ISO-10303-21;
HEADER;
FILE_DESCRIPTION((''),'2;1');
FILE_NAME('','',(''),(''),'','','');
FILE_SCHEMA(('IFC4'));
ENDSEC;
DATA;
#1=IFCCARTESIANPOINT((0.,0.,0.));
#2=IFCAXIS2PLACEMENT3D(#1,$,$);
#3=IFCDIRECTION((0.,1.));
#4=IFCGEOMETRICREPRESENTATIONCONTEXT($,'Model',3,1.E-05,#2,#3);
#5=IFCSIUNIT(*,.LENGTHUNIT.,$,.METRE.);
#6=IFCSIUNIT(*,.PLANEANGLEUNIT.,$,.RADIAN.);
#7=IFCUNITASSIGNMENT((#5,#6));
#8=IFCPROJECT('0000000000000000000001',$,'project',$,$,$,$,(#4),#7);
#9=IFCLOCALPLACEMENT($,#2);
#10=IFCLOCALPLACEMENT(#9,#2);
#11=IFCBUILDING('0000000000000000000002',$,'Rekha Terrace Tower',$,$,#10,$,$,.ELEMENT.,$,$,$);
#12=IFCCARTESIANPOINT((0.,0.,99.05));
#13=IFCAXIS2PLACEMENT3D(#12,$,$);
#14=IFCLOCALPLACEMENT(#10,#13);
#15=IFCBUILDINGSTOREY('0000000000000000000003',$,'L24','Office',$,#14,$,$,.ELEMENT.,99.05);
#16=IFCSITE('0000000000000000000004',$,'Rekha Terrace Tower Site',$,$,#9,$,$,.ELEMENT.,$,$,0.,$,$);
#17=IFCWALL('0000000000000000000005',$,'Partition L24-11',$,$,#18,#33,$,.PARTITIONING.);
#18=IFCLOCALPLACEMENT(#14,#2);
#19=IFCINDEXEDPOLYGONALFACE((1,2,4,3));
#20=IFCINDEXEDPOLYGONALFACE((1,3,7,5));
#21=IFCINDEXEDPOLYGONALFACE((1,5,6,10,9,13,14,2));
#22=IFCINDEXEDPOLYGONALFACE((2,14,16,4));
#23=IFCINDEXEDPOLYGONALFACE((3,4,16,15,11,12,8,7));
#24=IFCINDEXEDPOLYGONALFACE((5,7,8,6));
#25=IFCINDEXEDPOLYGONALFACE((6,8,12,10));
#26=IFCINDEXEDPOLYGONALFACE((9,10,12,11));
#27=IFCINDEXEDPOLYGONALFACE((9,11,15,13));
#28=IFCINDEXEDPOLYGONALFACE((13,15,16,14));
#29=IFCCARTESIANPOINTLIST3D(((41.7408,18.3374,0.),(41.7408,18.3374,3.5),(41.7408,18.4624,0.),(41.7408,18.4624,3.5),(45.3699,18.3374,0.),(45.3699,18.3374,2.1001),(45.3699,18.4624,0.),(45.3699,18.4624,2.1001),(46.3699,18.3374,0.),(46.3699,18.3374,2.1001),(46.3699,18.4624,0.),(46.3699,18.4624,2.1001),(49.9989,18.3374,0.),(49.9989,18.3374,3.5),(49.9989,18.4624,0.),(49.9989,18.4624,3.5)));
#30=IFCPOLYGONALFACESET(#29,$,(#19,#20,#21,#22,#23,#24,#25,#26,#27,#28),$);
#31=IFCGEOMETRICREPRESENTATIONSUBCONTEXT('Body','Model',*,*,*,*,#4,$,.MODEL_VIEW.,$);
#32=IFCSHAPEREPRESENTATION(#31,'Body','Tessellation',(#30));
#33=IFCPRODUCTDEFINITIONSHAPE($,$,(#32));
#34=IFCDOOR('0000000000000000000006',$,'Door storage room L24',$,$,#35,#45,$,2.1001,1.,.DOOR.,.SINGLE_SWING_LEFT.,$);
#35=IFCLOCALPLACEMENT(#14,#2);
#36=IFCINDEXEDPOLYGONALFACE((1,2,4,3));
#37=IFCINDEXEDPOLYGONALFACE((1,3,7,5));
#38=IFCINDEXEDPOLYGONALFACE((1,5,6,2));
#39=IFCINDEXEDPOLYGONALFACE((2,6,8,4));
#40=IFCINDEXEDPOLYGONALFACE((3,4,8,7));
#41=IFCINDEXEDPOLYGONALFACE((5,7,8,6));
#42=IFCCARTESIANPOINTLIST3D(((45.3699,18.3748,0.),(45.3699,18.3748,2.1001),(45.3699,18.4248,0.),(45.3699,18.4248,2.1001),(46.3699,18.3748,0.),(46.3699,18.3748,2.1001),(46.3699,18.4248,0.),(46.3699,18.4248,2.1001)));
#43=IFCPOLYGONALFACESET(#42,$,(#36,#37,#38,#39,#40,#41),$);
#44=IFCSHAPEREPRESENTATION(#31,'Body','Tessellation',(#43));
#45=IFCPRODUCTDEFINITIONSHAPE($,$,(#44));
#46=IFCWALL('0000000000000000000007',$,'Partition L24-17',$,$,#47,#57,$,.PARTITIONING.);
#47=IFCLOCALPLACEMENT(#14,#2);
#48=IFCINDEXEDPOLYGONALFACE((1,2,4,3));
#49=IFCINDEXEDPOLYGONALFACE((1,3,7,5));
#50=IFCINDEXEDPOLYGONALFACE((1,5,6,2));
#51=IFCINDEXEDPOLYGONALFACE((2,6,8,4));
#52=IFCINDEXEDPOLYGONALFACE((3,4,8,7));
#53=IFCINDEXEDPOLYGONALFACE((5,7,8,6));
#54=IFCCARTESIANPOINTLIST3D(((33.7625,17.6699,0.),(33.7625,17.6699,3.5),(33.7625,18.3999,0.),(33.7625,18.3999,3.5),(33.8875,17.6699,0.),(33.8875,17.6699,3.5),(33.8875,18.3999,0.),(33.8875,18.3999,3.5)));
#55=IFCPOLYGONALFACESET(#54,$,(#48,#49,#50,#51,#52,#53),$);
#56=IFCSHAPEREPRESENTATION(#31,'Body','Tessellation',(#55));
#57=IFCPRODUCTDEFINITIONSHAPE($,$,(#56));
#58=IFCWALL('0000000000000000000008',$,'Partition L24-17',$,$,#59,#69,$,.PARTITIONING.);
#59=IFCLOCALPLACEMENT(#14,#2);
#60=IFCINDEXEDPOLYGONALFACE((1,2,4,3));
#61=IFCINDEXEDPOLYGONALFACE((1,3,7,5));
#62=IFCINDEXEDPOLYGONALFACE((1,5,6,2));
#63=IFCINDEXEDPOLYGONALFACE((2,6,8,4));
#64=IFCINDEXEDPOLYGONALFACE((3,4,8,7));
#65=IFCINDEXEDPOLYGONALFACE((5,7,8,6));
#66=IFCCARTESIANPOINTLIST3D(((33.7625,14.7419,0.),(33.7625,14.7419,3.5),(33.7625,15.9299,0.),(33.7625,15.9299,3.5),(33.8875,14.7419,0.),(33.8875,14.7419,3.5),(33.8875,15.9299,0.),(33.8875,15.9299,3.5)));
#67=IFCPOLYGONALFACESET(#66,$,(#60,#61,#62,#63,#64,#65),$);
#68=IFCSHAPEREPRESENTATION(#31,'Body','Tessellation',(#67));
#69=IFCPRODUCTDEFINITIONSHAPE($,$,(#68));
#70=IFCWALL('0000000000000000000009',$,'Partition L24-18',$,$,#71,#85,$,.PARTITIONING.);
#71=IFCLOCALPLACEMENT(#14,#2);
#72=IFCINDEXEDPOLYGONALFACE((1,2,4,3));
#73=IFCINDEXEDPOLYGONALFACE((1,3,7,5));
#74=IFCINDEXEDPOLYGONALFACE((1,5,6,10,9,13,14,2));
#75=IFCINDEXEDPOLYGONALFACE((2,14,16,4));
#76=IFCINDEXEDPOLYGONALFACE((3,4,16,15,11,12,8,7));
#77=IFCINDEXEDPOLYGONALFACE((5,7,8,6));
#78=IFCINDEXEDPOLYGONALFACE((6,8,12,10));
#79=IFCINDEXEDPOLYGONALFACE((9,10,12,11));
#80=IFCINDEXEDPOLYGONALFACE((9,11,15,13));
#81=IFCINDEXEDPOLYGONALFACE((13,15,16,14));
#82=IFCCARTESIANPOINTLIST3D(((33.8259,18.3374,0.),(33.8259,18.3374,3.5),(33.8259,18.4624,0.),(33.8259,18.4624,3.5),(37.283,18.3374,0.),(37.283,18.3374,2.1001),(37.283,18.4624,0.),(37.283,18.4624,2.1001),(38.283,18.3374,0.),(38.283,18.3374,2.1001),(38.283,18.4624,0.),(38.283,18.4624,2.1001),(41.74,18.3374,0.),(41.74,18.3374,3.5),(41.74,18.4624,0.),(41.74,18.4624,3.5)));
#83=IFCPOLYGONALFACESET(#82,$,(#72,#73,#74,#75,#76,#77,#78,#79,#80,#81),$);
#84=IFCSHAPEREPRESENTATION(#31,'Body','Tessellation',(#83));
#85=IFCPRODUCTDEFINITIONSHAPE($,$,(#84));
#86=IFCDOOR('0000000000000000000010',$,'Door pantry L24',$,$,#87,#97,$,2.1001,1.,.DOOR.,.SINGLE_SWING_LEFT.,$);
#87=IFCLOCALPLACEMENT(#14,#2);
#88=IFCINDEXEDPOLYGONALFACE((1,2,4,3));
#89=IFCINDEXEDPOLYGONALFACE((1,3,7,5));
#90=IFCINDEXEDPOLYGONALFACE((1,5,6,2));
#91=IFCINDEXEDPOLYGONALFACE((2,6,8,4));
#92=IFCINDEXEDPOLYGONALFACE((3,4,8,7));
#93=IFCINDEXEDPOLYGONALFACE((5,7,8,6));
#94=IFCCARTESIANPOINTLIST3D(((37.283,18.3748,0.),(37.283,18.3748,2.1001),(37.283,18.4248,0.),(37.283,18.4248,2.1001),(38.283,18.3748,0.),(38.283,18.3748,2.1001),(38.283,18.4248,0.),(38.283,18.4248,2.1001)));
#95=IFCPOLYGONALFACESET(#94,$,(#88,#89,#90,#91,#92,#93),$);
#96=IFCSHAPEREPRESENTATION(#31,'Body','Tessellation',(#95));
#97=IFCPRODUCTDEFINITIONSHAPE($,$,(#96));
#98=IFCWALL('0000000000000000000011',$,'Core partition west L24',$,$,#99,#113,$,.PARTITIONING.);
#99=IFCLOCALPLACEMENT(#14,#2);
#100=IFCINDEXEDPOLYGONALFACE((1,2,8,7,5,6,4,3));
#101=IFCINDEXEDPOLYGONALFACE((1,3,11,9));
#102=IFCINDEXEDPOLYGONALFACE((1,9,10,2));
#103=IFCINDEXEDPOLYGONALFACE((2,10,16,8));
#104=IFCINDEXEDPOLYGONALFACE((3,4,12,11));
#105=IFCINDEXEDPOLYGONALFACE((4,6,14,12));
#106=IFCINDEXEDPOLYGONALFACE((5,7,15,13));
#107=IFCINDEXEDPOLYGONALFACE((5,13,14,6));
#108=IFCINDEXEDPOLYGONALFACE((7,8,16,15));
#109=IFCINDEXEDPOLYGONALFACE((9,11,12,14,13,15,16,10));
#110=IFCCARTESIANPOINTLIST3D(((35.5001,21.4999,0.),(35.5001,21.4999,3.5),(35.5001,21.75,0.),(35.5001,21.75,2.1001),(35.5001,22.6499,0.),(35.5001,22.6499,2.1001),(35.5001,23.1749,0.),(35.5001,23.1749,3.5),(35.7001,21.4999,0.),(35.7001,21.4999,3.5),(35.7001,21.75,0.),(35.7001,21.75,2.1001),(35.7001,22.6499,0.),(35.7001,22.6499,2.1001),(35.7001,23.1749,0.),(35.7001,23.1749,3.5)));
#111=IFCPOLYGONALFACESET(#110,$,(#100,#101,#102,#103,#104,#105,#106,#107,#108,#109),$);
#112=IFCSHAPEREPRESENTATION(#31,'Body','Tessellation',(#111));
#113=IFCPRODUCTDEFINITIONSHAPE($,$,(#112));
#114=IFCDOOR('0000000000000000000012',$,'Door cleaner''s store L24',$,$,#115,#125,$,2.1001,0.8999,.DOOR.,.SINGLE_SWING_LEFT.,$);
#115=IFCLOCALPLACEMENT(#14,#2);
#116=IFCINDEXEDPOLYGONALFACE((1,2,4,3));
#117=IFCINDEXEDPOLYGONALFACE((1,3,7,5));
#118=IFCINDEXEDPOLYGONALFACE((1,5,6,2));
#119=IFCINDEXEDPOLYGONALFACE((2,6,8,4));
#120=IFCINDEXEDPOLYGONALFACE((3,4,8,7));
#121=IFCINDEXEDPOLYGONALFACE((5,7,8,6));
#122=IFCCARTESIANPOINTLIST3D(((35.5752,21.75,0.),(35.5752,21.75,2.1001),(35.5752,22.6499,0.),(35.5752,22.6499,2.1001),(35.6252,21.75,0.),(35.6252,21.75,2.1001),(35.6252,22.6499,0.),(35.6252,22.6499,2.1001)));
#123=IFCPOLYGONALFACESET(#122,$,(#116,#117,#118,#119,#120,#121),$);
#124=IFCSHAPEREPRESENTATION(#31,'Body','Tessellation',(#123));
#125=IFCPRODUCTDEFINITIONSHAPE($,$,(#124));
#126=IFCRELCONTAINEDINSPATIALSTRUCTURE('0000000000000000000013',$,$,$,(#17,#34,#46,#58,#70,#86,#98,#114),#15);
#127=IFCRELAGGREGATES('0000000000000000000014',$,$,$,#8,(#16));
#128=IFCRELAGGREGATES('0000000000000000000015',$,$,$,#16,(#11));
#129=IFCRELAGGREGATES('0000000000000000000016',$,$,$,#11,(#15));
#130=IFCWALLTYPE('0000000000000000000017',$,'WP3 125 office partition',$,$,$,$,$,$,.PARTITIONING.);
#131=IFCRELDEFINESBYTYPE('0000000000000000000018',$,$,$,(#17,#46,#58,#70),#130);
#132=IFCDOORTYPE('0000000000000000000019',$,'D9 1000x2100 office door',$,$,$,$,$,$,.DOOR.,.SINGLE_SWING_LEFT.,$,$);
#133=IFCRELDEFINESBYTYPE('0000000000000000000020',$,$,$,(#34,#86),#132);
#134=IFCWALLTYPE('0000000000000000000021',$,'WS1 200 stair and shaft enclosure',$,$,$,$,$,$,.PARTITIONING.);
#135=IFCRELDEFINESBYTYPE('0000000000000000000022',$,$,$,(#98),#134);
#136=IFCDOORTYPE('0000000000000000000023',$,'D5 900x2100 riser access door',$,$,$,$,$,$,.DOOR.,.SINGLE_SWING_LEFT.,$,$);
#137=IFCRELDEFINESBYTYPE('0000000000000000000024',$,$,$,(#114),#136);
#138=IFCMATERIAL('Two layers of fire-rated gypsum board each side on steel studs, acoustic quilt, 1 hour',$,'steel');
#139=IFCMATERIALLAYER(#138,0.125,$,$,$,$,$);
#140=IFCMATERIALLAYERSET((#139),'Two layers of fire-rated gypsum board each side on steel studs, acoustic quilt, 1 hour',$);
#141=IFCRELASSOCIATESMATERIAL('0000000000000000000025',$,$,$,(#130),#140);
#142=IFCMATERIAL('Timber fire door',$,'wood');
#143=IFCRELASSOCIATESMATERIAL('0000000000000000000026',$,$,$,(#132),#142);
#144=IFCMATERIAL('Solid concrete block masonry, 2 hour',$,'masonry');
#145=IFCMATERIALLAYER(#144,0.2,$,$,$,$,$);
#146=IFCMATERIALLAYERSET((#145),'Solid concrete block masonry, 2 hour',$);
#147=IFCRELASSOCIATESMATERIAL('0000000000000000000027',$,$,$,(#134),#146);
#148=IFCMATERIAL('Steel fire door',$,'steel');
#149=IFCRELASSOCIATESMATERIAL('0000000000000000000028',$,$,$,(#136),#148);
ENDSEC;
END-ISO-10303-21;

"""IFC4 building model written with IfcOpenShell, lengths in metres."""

from ifc_helpers import new_model, si_unit, direction, frame, frame_2d, origin, place, context, subcontext, project, spatial, rectangle, extrude, material, layer, layer_set, type_object, element, fill, save


model = new_model("IFC4")

# Units and contexts
model_context = context("Model", 3, precision=1e-05, world=origin(), true_north=direction((0.0, 1.0)))
body_context = subcontext(model_context, "Body", "Model", "MODEL_VIEW")
ifc_project = project(units=[si_unit("LENGTHUNIT", "METRE"), si_unit("PLANEANGLEUNIT", "RADIAN")], contexts=[model_context])

# Site, building, storey
site_placement = place(None, origin())
site = spatial("IfcSite", under=ifc_project, at=site_placement, Name="Rekha Terrace Tower Site", CompositionType="ELEMENT", RefElevation=0.0)
building_placement = place(site_placement, origin())
building = spatial("IfcBuilding", under=site, at=building_placement, Name="Rekha Terrace Tower", CompositionType="ELEMENT")
storey_placement = place(building_placement, frame((0.0, 0.0, 99.05)))
storey = spatial("IfcBuildingStorey", under=building, at=storey_placement, Name="L24", Description="Office", CompositionType="ELEMENT", Elevation=99.05)

# Shared definitions
ifc_material_1 = material(Name="Two layers of fire-rated gypsum board each side on steel studs, acoustic quilt, 1 hour", Category="steel")
ifc_layer_1 = layer(ifc_material_1, 0.125)
ifc_layer_set_1 = layer_set([ifc_layer_1], Name="Two layers of fire-rated gypsum board each side on steel studs, acoustic quilt, 1 hour")
wall_type_1 = type_object("IfcWallType", Name="WP3 125 office partition", PredefinedType="PARTITIONING", material=ifc_layer_set_1)

# Wall, opening, door
wall_1_placement = place(storey_placement, frame((41.741, 18.3999, 0.0), z_axis=(0.0, 0.0, 1.0), x_axis=(1.0, 0.0, 0.0)))
wall_1 = element("IfcWall", 1, at=wall_1_placement, inside=storey, type_object=wall_type_1, Name="Partition L24-11", PredefinedType="PARTITIONING", context=body_context, shape_type="SweptSolid", body=[
    extrude(rectangle(XDim=8.2581, YDim=0.125, at=frame_2d((4.1289, 0.0))), origin(), (0.0, 0.0, 1.0), 3.5),
])
opening_1_placement = place(wall_1_placement, frame((3.6289, 0.0, 0.0)))
opening_1 = element("IfcOpeningElement", 2, at=opening_1_placement, cuts=wall_1, PredefinedType="OPENING", context=body_context, shape_type="SweptSolid", body=[
    extrude(rectangle(XDim=1.0, YDim=2.1001, at=frame_2d((0.5, 1.05))), frame((0.0, 0.0725, 0.0), z_axis=(0.0, -1.0, 0.0), x_axis=(1.0, 0.0, 0.0)), (0.0, 0.0, 1.0), 0.145),
])
ifc_material_2 = material(Name="Timber fire door", Category="wood")
door_type_1 = type_object("IfcDoorType", Name="D9 1000x2100 office door", OperationType="SINGLE_SWING_LEFT", PredefinedType="DOOR", material=ifc_material_2)
door_1_placement = place(opening_1_placement, origin())
door_1 = element("IfcDoor", 3, at=door_1_placement, inside=storey, type_object=door_type_1, Name="Door storage room L24", OperationType="SINGLE_SWING_LEFT", OverallHeight=2.1001, OverallWidth=1.0, PredefinedType="DOOR", context=body_context, shape_type="SweptSolid", body=[
    extrude(rectangle(XDim=1.0, YDim=2.1001, at=frame_2d((0.5, 1.05))), frame((0.0, 0.0249, 0.0), z_axis=(0.0, -1.0, 0.0), x_axis=(1.0, 0.0, 0.0)), (0.0, 0.0, 1.0), 0.05),
])
fill(opening_1, door_1)

# Walls
wall_2_placement = place(storey_placement, frame((33.825, 18.3999, 0.0), z_axis=(0.0, 0.0, 1.0), x_axis=(0.0, -1.0, 0.0)))
element("IfcWall", 4, at=wall_2_placement, inside=storey, type_object=wall_type_1, Name="Partition L24-17", PredefinedType="PARTITIONING", context=body_context, shape_type="SweptSolid", body=[
    extrude(rectangle(XDim=0.73, YDim=0.125, at=frame_2d((0.365, 0.0))), origin(), (0.0, 0.0, 1.0), 3.5),
])
wall_3_placement = place(storey_placement, frame((33.825, 15.9299, 0.0), z_axis=(0.0, 0.0, 1.0), x_axis=(0.0, -1.0, 0.0)))
element("IfcWall", 5, at=wall_3_placement, inside=storey, type_object=wall_type_1, Name="Partition L24-17", PredefinedType="PARTITIONING", context=body_context, shape_type="SweptSolid", body=[
    extrude(rectangle(XDim=1.188, YDim=0.125, at=frame_2d((0.594, 0.0))), origin(), (0.0, 0.0, 1.0), 3.5),
])

# Walls, openings, doors
wall_4_placement = place(storey_placement, frame((33.8259, 18.3999, 0.0), z_axis=(0.0, 0.0, 1.0), x_axis=(1.0, 0.0, 0.0)))
wall_4 = element("IfcWall", 6, at=wall_4_placement, inside=storey, type_object=wall_type_1, Name="Partition L24-18", PredefinedType="PARTITIONING", context=body_context, shape_type="SweptSolid", body=[
    extrude(rectangle(XDim=7.9141, YDim=0.125, at=frame_2d((3.957, 0.0))), origin(), (0.0, 0.0, 1.0), 3.5),
])
opening_2_placement = place(wall_4_placement, frame((3.457, 0.0, 0.0)))
opening_2 = element("IfcOpeningElement", 7, at=opening_2_placement, cuts=wall_4, PredefinedType="OPENING", context=body_context, shape_type="SweptSolid", body=[
    extrude(rectangle(XDim=1.0, YDim=2.1001, at=frame_2d((0.5, 1.05))), frame((0.0, 0.0725, 0.0), z_axis=(0.0, -1.0, 0.0), x_axis=(1.0, 0.0, 0.0)), (0.0, 0.0, 1.0), 0.145),
])
door_2_placement = place(opening_2_placement, origin())
door_2 = element("IfcDoor", 8, at=door_2_placement, inside=storey, type_object=door_type_1, Name="Door pantry L24", OperationType="SINGLE_SWING_LEFT", OverallHeight=2.1001, OverallWidth=1.0, PredefinedType="DOOR", context=body_context, shape_type="SweptSolid", body=[
    extrude(rectangle(XDim=1.0, YDim=2.1001, at=frame_2d((0.5, 1.05))), frame((0.0, 0.0249, 0.0), z_axis=(0.0, -1.0, 0.0), x_axis=(1.0, 0.0, 0.0)), (0.0, 0.0, 1.0), 0.05),
])
fill(opening_2, door_2)
ifc_material_3 = material(Name="Solid concrete block masonry, 2 hour", Category="masonry")
ifc_layer_2 = layer(ifc_material_3, 0.2)
ifc_layer_set_2 = layer_set([ifc_layer_2], Name="Solid concrete block masonry, 2 hour")
wall_type_2 = type_object("IfcWallType", Name="WS1 200 stair and shaft enclosure", PredefinedType="PARTITIONING", material=ifc_layer_set_2)
wall_5_placement = place(storey_placement, frame((35.6001, 21.5, 0.0), z_axis=(0.0, 0.0, 1.0), x_axis=(0.0, 1.0, 0.0)))
wall_5 = element("IfcWall", 9, at=wall_5_placement, inside=storey, type_object=wall_type_2, Name="Core partition west L24", PredefinedType="PARTITIONING", context=body_context, shape_type="SweptSolid", body=[
    extrude(rectangle(XDim=1.675, YDim=0.2, at=frame_2d((0.8374, 0.0))), origin(), (0.0, 0.0, 1.0), 3.5),
])
opening_3_placement = place(wall_5_placement, frame((0.25, 0.0, 0.0)))
opening_3 = element("IfcOpeningElement", 10, at=opening_3_placement, cuts=wall_5, PredefinedType="OPENING", context=body_context, shape_type="SweptSolid", body=[
    extrude(rectangle(XDim=0.8999, YDim=2.1001, at=frame_2d((0.45, 1.05))), frame((0.0, 0.1099, 0.0), z_axis=(0.0, -1.0, 0.0), x_axis=(1.0, 0.0, 0.0)), (0.0, 0.0, 1.0), 0.22),
])
ifc_material_4 = material(Name="Steel fire door", Category="steel")
door_type_2 = type_object("IfcDoorType", Name="D5 900x2100 riser access door", OperationType="SINGLE_SWING_LEFT", PredefinedType="DOOR", material=ifc_material_4)
door_3_placement = place(opening_3_placement, origin())
door_3 = element("IfcDoor", 11, at=door_3_placement, inside=storey, type_object=door_type_2, Name="Door cleaner's store L24", OperationType="SINGLE_SWING_LEFT", OverallHeight=2.1001, OverallWidth=0.8999, PredefinedType="DOOR", context=body_context, shape_type="SweptSolid", body=[
    extrude(rectangle(XDim=0.8999, YDim=2.1001, at=frame_2d((0.45, 1.05))), frame((0.0, 0.0249, 0.0), z_axis=(0.0, -1.0, 0.0), x_axis=(1.0, 0.0, 0.0)), (0.0, 0.0, 1.0), 0.05),
])
fill(opening_3, door_3)

save(model, "model.ifc")
